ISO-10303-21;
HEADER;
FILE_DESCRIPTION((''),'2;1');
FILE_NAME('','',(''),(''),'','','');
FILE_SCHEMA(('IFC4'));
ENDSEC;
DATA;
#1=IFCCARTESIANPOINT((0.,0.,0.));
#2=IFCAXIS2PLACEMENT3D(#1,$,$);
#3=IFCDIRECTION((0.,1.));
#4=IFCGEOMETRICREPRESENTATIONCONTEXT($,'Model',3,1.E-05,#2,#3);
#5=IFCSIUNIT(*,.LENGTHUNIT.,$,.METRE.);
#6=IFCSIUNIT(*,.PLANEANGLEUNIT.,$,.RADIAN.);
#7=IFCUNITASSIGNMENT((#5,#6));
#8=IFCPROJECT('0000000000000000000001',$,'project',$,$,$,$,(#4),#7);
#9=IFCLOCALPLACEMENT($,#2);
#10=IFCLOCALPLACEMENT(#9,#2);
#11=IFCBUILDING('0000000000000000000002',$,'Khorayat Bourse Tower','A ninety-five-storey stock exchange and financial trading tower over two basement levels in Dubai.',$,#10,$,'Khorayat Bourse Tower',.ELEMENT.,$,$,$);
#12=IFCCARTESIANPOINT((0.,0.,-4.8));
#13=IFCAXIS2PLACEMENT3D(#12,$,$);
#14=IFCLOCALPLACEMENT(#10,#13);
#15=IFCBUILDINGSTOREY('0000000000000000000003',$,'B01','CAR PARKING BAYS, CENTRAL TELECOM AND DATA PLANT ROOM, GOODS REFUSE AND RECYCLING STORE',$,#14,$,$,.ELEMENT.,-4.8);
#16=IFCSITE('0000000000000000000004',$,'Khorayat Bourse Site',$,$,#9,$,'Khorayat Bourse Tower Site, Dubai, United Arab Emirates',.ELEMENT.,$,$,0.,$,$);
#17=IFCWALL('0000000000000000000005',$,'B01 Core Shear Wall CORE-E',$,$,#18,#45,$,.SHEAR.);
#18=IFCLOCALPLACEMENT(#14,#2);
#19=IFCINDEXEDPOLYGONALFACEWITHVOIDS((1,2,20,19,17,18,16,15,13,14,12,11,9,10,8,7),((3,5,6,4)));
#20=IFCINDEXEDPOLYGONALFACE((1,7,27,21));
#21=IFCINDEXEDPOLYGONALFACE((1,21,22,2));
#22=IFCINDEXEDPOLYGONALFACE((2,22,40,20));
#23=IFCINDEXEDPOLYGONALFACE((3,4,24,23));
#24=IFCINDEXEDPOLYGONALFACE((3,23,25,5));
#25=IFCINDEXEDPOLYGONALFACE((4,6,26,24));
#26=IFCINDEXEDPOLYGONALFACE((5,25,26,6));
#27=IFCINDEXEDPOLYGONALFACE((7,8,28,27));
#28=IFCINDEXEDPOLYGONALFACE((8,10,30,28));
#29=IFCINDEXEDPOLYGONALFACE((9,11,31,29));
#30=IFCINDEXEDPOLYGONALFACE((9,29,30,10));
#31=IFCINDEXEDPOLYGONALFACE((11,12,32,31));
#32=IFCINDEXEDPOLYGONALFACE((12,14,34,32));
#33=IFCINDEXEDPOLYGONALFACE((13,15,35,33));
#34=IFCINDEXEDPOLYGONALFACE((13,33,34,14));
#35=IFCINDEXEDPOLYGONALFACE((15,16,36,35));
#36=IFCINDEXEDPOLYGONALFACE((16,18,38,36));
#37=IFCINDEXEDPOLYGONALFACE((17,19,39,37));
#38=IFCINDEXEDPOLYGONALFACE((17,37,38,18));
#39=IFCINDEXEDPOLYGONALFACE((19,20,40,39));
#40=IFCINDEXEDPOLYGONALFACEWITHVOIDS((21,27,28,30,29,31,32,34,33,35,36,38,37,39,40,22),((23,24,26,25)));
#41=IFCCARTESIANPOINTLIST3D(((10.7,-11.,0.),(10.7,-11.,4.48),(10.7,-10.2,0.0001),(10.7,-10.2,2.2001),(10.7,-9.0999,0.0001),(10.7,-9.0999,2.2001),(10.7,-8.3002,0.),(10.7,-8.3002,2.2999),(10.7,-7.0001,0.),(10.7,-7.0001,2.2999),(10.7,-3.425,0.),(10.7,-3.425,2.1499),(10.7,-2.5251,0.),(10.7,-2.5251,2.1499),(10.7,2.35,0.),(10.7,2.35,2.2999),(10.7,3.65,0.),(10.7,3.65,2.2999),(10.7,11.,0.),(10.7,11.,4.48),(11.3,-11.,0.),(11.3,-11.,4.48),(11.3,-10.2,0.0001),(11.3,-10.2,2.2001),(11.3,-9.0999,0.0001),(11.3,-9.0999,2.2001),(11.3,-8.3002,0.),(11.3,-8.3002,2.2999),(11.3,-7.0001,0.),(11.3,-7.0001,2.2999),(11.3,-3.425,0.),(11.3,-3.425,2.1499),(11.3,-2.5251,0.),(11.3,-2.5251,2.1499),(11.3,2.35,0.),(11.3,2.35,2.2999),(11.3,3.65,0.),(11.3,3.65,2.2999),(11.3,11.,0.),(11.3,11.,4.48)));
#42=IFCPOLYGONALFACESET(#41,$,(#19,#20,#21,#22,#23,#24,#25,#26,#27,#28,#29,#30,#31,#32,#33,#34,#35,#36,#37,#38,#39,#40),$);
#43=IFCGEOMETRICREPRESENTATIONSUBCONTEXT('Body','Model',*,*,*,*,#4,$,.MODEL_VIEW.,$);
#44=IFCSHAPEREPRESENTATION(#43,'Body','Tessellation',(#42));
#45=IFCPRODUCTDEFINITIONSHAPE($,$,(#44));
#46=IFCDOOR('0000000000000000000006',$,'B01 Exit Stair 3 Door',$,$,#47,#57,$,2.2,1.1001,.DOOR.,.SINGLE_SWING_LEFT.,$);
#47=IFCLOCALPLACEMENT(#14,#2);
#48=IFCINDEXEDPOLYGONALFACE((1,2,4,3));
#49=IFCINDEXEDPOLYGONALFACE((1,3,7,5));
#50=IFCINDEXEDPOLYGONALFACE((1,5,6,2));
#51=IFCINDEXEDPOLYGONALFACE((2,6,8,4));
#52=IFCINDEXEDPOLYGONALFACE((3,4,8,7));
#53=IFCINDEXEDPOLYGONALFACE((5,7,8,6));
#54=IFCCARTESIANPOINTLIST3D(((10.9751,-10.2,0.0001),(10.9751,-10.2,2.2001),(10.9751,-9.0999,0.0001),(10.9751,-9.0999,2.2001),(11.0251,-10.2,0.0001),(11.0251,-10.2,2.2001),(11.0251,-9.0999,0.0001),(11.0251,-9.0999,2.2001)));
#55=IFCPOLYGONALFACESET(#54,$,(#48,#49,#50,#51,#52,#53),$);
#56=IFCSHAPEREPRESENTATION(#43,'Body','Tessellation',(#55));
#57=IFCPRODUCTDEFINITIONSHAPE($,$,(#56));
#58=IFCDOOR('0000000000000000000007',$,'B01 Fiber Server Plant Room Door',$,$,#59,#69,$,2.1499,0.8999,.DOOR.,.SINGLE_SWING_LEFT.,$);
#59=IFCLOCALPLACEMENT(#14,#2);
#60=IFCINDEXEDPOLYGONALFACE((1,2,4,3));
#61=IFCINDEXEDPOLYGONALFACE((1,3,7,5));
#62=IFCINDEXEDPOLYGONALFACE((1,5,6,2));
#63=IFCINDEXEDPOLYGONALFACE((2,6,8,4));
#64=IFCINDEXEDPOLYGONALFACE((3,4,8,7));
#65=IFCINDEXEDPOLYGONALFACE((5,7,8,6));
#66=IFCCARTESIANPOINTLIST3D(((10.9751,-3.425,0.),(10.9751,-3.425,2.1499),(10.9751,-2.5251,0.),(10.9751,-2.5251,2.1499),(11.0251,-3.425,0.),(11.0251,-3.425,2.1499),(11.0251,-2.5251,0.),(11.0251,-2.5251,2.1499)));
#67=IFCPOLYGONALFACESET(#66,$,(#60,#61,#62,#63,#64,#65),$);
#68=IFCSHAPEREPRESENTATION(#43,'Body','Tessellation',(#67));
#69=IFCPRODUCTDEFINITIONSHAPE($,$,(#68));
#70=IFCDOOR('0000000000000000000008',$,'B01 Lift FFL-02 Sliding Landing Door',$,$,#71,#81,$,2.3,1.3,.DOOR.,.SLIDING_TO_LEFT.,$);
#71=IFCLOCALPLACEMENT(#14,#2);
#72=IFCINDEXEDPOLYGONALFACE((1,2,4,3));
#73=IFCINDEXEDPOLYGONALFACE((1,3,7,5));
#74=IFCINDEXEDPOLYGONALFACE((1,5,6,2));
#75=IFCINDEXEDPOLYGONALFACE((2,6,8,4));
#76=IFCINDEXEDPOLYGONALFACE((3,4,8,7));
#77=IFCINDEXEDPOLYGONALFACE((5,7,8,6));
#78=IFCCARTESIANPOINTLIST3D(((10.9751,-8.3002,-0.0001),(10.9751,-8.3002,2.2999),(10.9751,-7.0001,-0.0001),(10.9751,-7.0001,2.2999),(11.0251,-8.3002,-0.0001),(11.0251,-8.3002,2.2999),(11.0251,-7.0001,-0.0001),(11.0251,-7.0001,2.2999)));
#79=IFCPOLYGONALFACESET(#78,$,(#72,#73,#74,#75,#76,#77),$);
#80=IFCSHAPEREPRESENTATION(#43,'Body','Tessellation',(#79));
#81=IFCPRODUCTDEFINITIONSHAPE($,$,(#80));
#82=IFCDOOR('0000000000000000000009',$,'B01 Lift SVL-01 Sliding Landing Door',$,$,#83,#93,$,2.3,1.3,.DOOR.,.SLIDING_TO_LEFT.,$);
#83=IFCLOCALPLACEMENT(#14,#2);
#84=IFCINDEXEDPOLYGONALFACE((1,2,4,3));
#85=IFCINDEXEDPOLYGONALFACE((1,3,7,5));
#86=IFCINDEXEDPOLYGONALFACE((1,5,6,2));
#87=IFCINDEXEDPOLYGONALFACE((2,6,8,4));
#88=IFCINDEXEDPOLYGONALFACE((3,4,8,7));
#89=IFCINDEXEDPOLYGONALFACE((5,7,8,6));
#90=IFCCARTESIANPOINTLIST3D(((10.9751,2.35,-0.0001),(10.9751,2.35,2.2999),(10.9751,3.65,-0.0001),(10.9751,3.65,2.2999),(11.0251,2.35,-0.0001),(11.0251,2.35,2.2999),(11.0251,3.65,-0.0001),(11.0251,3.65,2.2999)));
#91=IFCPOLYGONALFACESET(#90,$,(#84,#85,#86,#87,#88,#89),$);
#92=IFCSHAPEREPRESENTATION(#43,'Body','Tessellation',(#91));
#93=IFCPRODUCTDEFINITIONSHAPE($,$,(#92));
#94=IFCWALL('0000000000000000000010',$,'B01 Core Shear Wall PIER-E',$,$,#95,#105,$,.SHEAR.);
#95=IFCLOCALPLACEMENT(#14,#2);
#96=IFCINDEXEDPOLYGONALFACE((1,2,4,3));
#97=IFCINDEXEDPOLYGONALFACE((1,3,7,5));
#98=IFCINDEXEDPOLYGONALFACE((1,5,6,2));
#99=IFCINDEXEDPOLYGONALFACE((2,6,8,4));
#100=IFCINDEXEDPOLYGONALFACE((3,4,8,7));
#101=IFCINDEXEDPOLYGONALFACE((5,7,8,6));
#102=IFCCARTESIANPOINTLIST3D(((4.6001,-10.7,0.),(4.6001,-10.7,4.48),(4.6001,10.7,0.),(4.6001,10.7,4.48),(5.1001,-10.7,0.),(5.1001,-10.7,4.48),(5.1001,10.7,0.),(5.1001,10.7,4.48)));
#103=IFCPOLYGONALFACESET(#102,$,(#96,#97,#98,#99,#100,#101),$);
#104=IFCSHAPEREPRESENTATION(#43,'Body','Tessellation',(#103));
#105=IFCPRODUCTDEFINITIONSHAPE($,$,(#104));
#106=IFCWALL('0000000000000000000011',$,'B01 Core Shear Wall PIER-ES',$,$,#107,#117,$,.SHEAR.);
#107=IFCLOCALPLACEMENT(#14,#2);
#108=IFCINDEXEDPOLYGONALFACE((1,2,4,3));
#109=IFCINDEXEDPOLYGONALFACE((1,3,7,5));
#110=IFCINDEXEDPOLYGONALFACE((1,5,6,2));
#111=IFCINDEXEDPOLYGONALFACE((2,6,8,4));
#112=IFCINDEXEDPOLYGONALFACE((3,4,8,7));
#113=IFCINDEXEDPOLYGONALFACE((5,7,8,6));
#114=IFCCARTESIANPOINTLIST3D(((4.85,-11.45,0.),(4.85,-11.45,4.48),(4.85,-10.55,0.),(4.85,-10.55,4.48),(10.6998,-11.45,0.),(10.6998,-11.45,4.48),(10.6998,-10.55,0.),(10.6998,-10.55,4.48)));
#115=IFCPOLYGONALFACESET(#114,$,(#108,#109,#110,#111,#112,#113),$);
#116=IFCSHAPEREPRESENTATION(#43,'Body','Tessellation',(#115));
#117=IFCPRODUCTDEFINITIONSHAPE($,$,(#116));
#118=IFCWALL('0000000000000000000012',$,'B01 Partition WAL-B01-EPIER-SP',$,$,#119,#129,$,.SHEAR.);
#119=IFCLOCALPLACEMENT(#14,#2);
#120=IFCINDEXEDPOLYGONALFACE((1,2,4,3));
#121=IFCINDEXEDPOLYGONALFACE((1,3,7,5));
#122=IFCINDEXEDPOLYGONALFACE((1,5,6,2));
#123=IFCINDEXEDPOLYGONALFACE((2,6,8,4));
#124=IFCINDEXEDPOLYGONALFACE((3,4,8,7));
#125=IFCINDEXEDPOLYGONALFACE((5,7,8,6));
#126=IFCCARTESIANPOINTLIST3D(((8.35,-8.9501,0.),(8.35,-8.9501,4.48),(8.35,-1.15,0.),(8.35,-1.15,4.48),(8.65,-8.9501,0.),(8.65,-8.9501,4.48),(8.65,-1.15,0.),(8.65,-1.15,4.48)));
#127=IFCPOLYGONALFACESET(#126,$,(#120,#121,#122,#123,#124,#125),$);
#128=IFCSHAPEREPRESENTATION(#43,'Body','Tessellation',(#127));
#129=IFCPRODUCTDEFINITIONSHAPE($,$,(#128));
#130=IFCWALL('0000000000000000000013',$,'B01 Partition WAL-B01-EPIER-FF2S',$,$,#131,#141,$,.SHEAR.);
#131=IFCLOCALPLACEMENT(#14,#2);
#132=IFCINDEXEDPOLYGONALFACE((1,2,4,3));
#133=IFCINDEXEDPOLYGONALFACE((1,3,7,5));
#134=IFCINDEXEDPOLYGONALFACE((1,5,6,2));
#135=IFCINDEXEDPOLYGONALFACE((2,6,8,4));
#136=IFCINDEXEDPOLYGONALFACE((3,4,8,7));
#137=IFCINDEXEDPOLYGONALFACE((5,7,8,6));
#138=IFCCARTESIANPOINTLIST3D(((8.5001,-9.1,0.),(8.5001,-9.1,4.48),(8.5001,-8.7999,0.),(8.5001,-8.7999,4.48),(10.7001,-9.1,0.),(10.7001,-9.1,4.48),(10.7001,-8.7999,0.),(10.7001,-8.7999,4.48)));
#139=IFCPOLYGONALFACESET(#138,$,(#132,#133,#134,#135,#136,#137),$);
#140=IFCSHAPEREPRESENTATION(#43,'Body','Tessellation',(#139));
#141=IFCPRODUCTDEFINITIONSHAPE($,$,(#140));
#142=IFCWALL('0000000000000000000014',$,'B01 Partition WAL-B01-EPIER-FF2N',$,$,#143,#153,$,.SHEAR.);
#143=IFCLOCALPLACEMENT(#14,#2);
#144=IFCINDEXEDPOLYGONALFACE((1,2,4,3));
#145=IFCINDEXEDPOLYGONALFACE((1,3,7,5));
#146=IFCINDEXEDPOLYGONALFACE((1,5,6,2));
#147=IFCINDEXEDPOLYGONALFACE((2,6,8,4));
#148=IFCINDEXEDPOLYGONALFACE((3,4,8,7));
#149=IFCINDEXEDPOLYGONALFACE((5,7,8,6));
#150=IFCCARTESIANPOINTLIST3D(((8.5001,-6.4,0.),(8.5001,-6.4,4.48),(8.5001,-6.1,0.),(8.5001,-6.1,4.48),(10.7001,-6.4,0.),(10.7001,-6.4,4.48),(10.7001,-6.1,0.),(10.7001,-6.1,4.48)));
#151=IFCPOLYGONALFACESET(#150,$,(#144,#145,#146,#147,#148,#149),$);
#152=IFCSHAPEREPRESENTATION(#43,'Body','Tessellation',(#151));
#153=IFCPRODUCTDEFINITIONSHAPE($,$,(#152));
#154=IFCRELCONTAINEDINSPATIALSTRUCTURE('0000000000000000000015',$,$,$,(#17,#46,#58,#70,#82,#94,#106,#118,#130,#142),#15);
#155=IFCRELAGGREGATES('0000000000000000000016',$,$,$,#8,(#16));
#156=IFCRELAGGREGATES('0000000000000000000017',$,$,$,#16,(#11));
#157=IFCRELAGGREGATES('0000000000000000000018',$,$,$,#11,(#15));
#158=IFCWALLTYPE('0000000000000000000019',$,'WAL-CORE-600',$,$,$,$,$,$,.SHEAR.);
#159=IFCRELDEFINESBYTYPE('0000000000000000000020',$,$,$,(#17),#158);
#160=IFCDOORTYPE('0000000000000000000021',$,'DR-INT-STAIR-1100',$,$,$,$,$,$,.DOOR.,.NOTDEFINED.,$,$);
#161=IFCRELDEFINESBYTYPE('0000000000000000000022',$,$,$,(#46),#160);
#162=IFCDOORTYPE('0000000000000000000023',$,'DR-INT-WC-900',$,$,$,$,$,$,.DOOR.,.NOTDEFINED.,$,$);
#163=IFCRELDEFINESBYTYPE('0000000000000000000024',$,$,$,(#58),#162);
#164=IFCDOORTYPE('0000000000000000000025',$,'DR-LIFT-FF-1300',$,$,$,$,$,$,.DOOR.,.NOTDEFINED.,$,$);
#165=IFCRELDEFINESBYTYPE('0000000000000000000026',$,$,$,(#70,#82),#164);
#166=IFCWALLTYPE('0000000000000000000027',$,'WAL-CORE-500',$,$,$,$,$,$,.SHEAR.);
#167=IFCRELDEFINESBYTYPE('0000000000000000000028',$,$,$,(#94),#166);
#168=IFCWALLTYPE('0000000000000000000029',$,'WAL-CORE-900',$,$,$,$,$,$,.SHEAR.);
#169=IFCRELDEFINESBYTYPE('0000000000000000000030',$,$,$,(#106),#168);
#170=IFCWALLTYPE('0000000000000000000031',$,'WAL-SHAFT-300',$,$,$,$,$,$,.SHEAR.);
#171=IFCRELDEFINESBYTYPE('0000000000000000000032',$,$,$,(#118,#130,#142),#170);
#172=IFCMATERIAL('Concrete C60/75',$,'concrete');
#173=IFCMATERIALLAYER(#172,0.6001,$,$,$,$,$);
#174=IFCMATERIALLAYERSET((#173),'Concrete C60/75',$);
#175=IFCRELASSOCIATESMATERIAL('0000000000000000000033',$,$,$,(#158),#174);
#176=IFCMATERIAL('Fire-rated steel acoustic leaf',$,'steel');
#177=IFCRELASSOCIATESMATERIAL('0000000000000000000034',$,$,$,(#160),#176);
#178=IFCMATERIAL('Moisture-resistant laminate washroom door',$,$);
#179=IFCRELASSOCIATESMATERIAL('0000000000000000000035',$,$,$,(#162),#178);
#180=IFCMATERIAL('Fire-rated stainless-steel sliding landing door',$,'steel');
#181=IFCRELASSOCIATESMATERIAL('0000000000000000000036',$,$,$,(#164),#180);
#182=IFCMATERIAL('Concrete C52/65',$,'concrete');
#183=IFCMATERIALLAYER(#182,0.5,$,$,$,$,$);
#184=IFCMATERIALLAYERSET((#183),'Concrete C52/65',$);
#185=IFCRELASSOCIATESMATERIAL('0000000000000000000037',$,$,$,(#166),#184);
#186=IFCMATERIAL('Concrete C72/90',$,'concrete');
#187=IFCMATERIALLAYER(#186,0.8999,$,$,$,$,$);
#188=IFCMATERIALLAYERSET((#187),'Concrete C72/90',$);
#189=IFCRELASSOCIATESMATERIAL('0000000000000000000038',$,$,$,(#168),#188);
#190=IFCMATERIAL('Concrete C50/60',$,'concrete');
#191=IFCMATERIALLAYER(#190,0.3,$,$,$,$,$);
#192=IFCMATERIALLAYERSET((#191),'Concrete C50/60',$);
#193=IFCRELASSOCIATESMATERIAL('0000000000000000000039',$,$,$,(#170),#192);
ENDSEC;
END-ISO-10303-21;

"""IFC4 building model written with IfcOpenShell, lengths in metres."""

from ifc_helpers import new_model, si_unit, direction, frame, frame_2d, origin, place, context, subcontext, project, spatial, rectangle, extrude, source, transform, mapped, material, layer, layer_set, type_object, element, fill, save


model = new_model("IFC4")

# Units and contexts
model_context = context("Model", 3, precision=1e-05, world=origin(), true_north=direction((0.0, 1.0)))
body_context = subcontext(model_context, "Body", "Model", "MODEL_VIEW")
ifc_project = project(units=[si_unit("LENGTHUNIT", "METRE"), si_unit("PLANEANGLEUNIT", "RADIAN")], contexts=[model_context])

# Site, building, storey
site_placement = place(None, origin())
site = spatial("IfcSite", under=ifc_project, at=site_placement, Name="Khorayat Bourse Site", LongName="Khorayat Bourse Tower Site, Dubai, United Arab Emirates", CompositionType="ELEMENT", RefElevation=0.0)
building_placement = place(site_placement, origin())
building = spatial("IfcBuilding", under=site, at=building_placement, Name="Khorayat Bourse Tower", Description="A ninety-five-storey stock exchange and financial trading tower over two basement levels in Dubai.", LongName="Khorayat Bourse Tower", CompositionType="ELEMENT")
storey_placement = place(building_placement, frame((0.0, 0.0, -4.8)))
storey = spatial("IfcBuildingStorey", under=building, at=storey_placement, Name="B01", Description="CAR PARKING BAYS, CENTRAL TELECOM AND DATA PLANT ROOM, GOODS REFUSE AND RECYCLING STORE", CompositionType="ELEMENT", Elevation=-4.8)

# Shared definitions
ifc_material_1 = material(Name="Concrete C72/90", Category="concrete")

# Wall, openings, doors
ifc_material_2 = material(Name="Concrete C60/75", Category="concrete")
ifc_layer_1 = layer(ifc_material_2, 0.6001)
ifc_layer_set_1 = layer_set([ifc_layer_1], Name="Concrete C60/75")
wall_type_1 = type_object("IfcWallType", Name="WAL-CORE-600", PredefinedType="SHEAR", material=ifc_layer_set_1)
shared_shape_1 = source(origin(), body_context, "Body", "SweptSolid", [
    extrude(rectangle(XDim=22.0, YDim=0.6001, at=frame_2d((11.0, 0.0))), origin(), (0.0, 0.0, 1.0), 4.48),
])
wall_1_placement = place(storey_placement, frame((11.0, -11.0, 0.0), z_axis=(0.0, 0.0, 1.0), x_axis=(0.0, 1.0, 0.0)))
wall_1 = element("IfcWall", 1, at=wall_1_placement, inside=storey, type_object=wall_type_1, Name="B01 Core Shear Wall CORE-E", PredefinedType="SHEAR", context=body_context, shape_type="MappedRepresentation", body=[
    mapped(shared_shape_1, transform((0.0, 0.0, 0.0), scale=1.0)),
])
shared_shape_2 = source(origin(), body_context, "Body", "SweptSolid", [
    extrude(rectangle(XDim=1.1001, YDim=2.2, at=frame_2d((0.55, 1.1001))), frame((0.0, 0.3101, 0.0), z_axis=(0.0, -1.0, 0.0), x_axis=(1.0, 0.0, 0.0)), (0.0, 0.0, 1.0), 0.6201),
])
opening_1_placement = place(wall_1_placement, frame((0.8, 0.0, 0.0)))
opening_1 = element("IfcOpeningElement", 2, at=opening_1_placement, cuts=wall_1, PredefinedType="OPENING", context=body_context, shape_type="MappedRepresentation", body=[
    mapped(shared_shape_2, transform((0.0, 0.0, 0.0), scale=1.0)),
])
shared_shape_3 = source(origin(), body_context, "Body", "SweptSolid", [
    extrude(rectangle(XDim=0.8999, YDim=2.1499, at=frame_2d((0.45, 1.075))), frame((0.0, 0.3101, 0.0), z_axis=(0.0, -1.0, 0.0), x_axis=(1.0, 0.0, 0.0)), (0.0, 0.0, 1.0), 0.6201),
])
opening_2_placement = place(wall_1_placement, frame((7.575, 0.0, 0.0)))
opening_2 = element("IfcOpeningElement", 3, at=opening_2_placement, cuts=wall_1, PredefinedType="OPENING", context=body_context, shape_type="MappedRepresentation", body=[
    mapped(shared_shape_3, transform((0.0, 0.0, 0.0), scale=1.0)),
])
shared_shape_4 = source(origin(), body_context, "Body", "SweptSolid", [
    extrude(rectangle(XDim=1.3, YDim=2.3, at=frame_2d((0.6499, 1.1499))), frame((0.0, 0.3101, 0.0), z_axis=(0.0, -1.0, 0.0), x_axis=(1.0, 0.0, 0.0)), (0.0, 0.0, 1.0), 0.6201),
])
opening_3_placement = place(wall_1_placement, frame((2.7, 0.0, 0.0)))
opening_3 = element("IfcOpeningElement", 4, at=opening_3_placement, cuts=wall_1, PredefinedType="OPENING", context=body_context, shape_type="MappedRepresentation", body=[
    mapped(shared_shape_4, transform((0.0, 0.0, 0.0), scale=1.0)),
])
opening_4_placement = place(wall_1_placement, frame((13.3501, 0.0, 0.0)))
opening_4 = element("IfcOpeningElement", 5, at=opening_4_placement, cuts=wall_1, PredefinedType="OPENING", context=body_context, shape_type="MappedRepresentation", body=[
    mapped(shared_shape_4, transform((0.0, 0.0, 0.0), scale=1.0)),
])
ifc_material_3 = material(Name="Fire-rated steel acoustic leaf", Category="steel")
door_type_1 = type_object("IfcDoorType", Name="DR-INT-STAIR-1100", OperationType="NOTDEFINED", PredefinedType="DOOR", material=ifc_material_3)
shared_shape_5 = source(origin(), body_context, "Body", "SweptSolid", [
    extrude(rectangle(XDim=1.1001, YDim=2.2, at=frame_2d((0.55, 1.1001))), frame((0.0, 0.0249, 0.0), z_axis=(0.0, -1.0, 0.0), x_axis=(1.0, 0.0, 0.0)), (0.0, 0.0, 1.0), 0.05),
])
door_1_placement = place(opening_1_placement, origin())
door_1 = element("IfcDoor", 6, at=door_1_placement, inside=storey, type_object=door_type_1, Name="B01 Exit Stair 3 Door", OperationType="SINGLE_SWING_LEFT", OverallHeight=2.2, OverallWidth=1.1001, PredefinedType="DOOR", context=body_context, shape_type="MappedRepresentation", body=[
    mapped(shared_shape_5, transform((0.0, 0.0, 0.0), scale=1.0)),
])
fill(opening_1, door_1)
ifc_material_4 = material(Name="Moisture-resistant laminate washroom door")
door_type_2 = type_object("IfcDoorType", Name="DR-INT-WC-900", OperationType="NOTDEFINED", PredefinedType="DOOR", material=ifc_material_4)
shared_shape_6 = source(origin(), body_context, "Body", "SweptSolid", [
    extrude(rectangle(XDim=0.8999, YDim=2.1499, at=frame_2d((0.45, 1.075))), frame((0.0, 0.0249, 0.0), z_axis=(0.0, -1.0, 0.0), x_axis=(1.0, 0.0, 0.0)), (0.0, 0.0, 1.0), 0.05),
])
door_2_placement = place(opening_2_placement, origin())
door_2 = element("IfcDoor", 7, at=door_2_placement, inside=storey, type_object=door_type_2, Name="B01 Fiber Server Plant Room Door", OperationType="SINGLE_SWING_LEFT", OverallHeight=2.1499, OverallWidth=0.8999, PredefinedType="DOOR", context=body_context, shape_type="MappedRepresentation", body=[
    mapped(shared_shape_6, transform((0.0, 0.0, 0.0), scale=1.0)),
])
fill(opening_2, door_2)
ifc_material_5 = material(Name="Fire-rated stainless-steel sliding landing door", Category="steel")
door_type_3 = type_object("IfcDoorType", Name="DR-LIFT-FF-1300", OperationType="NOTDEFINED", PredefinedType="DOOR", material=ifc_material_5)
shared_shape_7 = source(origin(), body_context, "Body", "SweptSolid", [
    extrude(rectangle(XDim=1.3, YDim=2.3, at=frame_2d((0.6499, 1.1499))), frame((0.0, 0.0249, 0.0), z_axis=(0.0, -1.0, 0.0), x_axis=(1.0, 0.0, 0.0)), (0.0, 0.0, 1.0), 0.05),
])
door_3_placement = place(opening_3_placement, origin())
door_3 = element("IfcDoor", 8, at=door_3_placement, inside=storey, type_object=door_type_3, Name="B01 Lift FFL-02 Sliding Landing Door", OperationType="SLIDING_TO_LEFT", OverallHeight=2.3, OverallWidth=1.3, PredefinedType="DOOR", context=body_context, shape_type="MappedRepresentation", body=[
    mapped(shared_shape_7, transform((0.0, 0.0, 0.0), scale=1.0)),
])
fill(opening_3, door_3)
door_4_placement = place(opening_4_placement, origin())
door_4 = element("IfcDoor", 9, at=door_4_placement, inside=storey, type_object=door_type_3, Name="B01 Lift SVL-01 Sliding Landing Door", OperationType="SLIDING_TO_LEFT", OverallHeight=2.3, OverallWidth=1.3, PredefinedType="DOOR", context=body_context, shape_type="MappedRepresentation", body=[
    mapped(shared_shape_7, transform((0.0, 0.0, 0.0), scale=1.0)),
])
fill(opening_4, door_4)

# Walls
ifc_material_6 = material(Name="Concrete C52/65", Category="concrete")
ifc_layer_2 = layer(ifc_material_6, 0.5)
ifc_layer_set_2 = layer_set([ifc_layer_2], Name="Concrete C52/65")
wall_type_2 = type_object("IfcWallType", Name="WAL-CORE-500", PredefinedType="SHEAR", material=ifc_layer_set_2)
shared_shape_8 = source(origin(), body_context, "Body", "SweptSolid", [
    extrude(rectangle(XDim=21.3999, YDim=0.5, at=frame_2d((10.7, 0.0))), origin(), (0.0, 0.0, 1.0), 4.48),
])
wall_2_placement = place(storey_placement, frame((4.8501, -10.7, 0.0), z_axis=(0.0, 0.0, 1.0), x_axis=(0.0, 1.0, 0.0)))
element("IfcWall", 10, at=wall_2_placement, inside=storey, type_object=wall_type_2, Name="B01 Core Shear Wall PIER-E", PredefinedType="SHEAR", context=body_context, shape_type="MappedRepresentation", body=[
    mapped(shared_shape_8, transform((0.0, 0.0, 0.0), scale=1.0)),
])
ifc_layer_3 = layer(ifc_material_1, 0.8999)
ifc_layer_set_3 = layer_set([ifc_layer_3], Name="Concrete C72/90")
wall_type_3 = type_object("IfcWallType", Name="WAL-CORE-900", PredefinedType="SHEAR", material=ifc_layer_set_3)
shared_shape_9 = source(origin(), body_context, "Body", "SweptSolid", [
    extrude(rectangle(XDim=5.8499, YDim=0.8999, at=frame_2d((2.9248, 0.0))), origin(), (0.0, 0.0, 1.0), 4.48),
])
wall_3_placement = place(storey_placement, frame((4.8501, -11.0, 0.0), z_axis=(0.0, 0.0, 1.0), x_axis=(1.0, 0.0, 0.0)))
element("IfcWall", 11, at=wall_3_placement, inside=storey, type_object=wall_type_3, Name="B01 Core Shear Wall PIER-ES", PredefinedType="SHEAR", context=body_context, shape_type="MappedRepresentation", body=[
    mapped(shared_shape_9, transform((0.0, 0.0, 0.0), scale=1.0)),
])
ifc_material_7 = material(Name="Concrete C50/60", Category="concrete")
ifc_layer_4 = layer(ifc_material_7, 0.3)
ifc_layer_set_4 = layer_set([ifc_layer_4], Name="Concrete C50/60")
wall_type_4 = type_object("IfcWallType", Name="WAL-SHAFT-300", PredefinedType="SHEAR", material=ifc_layer_set_4)
shared_shape_10 = source(origin(), body_context, "Body", "SweptSolid", [
    extrude(rectangle(XDim=7.8, YDim=0.3, at=frame_2d((3.8999, 0.0))), origin(), (0.0, 0.0, 1.0), 4.48),
])
wall_4_placement = place(storey_placement, frame((8.5, -8.95, 0.0), z_axis=(0.0, 0.0, 1.0), x_axis=(0.0, 1.0, 0.0)))
element("IfcWall", 12, at=wall_4_placement, inside=storey, type_object=wall_type_4, Name="B01 Partition WAL-B01-EPIER-SP", PredefinedType="SHEAR", context=body_context, shape_type="MappedRepresentation", body=[
    mapped(shared_shape_10, transform((0.0, 0.0, 0.0), scale=1.0)),
])
shared_shape_11 = source(origin(), body_context, "Body", "SweptSolid", [
    extrude(rectangle(XDim=2.2, YDim=0.3, at=frame_2d((1.1001, 0.0))), origin(), (0.0, 0.0, 1.0), 4.48),
])
for number, where, z_axis, x_axis, name in (
    (13, (8.5, -8.95, 0.0), (0.0, 0.0, 1.0), (1.0, 0.0, 0.0), "B01 Partition WAL-B01-EPIER-FF2S"),
    (14, (8.5, -6.25, 0.0), (0.0, 0.0, 1.0), (1.0, 0.0, 0.0), "B01 Partition WAL-B01-EPIER-FF2N"),
):
    element("IfcWall", number, at=place(storey_placement, frame(where, z_axis=z_axis, x_axis=x_axis)), inside=storey, type_object=wall_type_4, Name=name, PredefinedType="SHEAR", context=body_context, shape_type="MappedRepresentation", body=[
        mapped(shared_shape_11, transform((0.0, 0.0, 0.0), scale=1.0)),
    ])

save(model, "model.ifc")
